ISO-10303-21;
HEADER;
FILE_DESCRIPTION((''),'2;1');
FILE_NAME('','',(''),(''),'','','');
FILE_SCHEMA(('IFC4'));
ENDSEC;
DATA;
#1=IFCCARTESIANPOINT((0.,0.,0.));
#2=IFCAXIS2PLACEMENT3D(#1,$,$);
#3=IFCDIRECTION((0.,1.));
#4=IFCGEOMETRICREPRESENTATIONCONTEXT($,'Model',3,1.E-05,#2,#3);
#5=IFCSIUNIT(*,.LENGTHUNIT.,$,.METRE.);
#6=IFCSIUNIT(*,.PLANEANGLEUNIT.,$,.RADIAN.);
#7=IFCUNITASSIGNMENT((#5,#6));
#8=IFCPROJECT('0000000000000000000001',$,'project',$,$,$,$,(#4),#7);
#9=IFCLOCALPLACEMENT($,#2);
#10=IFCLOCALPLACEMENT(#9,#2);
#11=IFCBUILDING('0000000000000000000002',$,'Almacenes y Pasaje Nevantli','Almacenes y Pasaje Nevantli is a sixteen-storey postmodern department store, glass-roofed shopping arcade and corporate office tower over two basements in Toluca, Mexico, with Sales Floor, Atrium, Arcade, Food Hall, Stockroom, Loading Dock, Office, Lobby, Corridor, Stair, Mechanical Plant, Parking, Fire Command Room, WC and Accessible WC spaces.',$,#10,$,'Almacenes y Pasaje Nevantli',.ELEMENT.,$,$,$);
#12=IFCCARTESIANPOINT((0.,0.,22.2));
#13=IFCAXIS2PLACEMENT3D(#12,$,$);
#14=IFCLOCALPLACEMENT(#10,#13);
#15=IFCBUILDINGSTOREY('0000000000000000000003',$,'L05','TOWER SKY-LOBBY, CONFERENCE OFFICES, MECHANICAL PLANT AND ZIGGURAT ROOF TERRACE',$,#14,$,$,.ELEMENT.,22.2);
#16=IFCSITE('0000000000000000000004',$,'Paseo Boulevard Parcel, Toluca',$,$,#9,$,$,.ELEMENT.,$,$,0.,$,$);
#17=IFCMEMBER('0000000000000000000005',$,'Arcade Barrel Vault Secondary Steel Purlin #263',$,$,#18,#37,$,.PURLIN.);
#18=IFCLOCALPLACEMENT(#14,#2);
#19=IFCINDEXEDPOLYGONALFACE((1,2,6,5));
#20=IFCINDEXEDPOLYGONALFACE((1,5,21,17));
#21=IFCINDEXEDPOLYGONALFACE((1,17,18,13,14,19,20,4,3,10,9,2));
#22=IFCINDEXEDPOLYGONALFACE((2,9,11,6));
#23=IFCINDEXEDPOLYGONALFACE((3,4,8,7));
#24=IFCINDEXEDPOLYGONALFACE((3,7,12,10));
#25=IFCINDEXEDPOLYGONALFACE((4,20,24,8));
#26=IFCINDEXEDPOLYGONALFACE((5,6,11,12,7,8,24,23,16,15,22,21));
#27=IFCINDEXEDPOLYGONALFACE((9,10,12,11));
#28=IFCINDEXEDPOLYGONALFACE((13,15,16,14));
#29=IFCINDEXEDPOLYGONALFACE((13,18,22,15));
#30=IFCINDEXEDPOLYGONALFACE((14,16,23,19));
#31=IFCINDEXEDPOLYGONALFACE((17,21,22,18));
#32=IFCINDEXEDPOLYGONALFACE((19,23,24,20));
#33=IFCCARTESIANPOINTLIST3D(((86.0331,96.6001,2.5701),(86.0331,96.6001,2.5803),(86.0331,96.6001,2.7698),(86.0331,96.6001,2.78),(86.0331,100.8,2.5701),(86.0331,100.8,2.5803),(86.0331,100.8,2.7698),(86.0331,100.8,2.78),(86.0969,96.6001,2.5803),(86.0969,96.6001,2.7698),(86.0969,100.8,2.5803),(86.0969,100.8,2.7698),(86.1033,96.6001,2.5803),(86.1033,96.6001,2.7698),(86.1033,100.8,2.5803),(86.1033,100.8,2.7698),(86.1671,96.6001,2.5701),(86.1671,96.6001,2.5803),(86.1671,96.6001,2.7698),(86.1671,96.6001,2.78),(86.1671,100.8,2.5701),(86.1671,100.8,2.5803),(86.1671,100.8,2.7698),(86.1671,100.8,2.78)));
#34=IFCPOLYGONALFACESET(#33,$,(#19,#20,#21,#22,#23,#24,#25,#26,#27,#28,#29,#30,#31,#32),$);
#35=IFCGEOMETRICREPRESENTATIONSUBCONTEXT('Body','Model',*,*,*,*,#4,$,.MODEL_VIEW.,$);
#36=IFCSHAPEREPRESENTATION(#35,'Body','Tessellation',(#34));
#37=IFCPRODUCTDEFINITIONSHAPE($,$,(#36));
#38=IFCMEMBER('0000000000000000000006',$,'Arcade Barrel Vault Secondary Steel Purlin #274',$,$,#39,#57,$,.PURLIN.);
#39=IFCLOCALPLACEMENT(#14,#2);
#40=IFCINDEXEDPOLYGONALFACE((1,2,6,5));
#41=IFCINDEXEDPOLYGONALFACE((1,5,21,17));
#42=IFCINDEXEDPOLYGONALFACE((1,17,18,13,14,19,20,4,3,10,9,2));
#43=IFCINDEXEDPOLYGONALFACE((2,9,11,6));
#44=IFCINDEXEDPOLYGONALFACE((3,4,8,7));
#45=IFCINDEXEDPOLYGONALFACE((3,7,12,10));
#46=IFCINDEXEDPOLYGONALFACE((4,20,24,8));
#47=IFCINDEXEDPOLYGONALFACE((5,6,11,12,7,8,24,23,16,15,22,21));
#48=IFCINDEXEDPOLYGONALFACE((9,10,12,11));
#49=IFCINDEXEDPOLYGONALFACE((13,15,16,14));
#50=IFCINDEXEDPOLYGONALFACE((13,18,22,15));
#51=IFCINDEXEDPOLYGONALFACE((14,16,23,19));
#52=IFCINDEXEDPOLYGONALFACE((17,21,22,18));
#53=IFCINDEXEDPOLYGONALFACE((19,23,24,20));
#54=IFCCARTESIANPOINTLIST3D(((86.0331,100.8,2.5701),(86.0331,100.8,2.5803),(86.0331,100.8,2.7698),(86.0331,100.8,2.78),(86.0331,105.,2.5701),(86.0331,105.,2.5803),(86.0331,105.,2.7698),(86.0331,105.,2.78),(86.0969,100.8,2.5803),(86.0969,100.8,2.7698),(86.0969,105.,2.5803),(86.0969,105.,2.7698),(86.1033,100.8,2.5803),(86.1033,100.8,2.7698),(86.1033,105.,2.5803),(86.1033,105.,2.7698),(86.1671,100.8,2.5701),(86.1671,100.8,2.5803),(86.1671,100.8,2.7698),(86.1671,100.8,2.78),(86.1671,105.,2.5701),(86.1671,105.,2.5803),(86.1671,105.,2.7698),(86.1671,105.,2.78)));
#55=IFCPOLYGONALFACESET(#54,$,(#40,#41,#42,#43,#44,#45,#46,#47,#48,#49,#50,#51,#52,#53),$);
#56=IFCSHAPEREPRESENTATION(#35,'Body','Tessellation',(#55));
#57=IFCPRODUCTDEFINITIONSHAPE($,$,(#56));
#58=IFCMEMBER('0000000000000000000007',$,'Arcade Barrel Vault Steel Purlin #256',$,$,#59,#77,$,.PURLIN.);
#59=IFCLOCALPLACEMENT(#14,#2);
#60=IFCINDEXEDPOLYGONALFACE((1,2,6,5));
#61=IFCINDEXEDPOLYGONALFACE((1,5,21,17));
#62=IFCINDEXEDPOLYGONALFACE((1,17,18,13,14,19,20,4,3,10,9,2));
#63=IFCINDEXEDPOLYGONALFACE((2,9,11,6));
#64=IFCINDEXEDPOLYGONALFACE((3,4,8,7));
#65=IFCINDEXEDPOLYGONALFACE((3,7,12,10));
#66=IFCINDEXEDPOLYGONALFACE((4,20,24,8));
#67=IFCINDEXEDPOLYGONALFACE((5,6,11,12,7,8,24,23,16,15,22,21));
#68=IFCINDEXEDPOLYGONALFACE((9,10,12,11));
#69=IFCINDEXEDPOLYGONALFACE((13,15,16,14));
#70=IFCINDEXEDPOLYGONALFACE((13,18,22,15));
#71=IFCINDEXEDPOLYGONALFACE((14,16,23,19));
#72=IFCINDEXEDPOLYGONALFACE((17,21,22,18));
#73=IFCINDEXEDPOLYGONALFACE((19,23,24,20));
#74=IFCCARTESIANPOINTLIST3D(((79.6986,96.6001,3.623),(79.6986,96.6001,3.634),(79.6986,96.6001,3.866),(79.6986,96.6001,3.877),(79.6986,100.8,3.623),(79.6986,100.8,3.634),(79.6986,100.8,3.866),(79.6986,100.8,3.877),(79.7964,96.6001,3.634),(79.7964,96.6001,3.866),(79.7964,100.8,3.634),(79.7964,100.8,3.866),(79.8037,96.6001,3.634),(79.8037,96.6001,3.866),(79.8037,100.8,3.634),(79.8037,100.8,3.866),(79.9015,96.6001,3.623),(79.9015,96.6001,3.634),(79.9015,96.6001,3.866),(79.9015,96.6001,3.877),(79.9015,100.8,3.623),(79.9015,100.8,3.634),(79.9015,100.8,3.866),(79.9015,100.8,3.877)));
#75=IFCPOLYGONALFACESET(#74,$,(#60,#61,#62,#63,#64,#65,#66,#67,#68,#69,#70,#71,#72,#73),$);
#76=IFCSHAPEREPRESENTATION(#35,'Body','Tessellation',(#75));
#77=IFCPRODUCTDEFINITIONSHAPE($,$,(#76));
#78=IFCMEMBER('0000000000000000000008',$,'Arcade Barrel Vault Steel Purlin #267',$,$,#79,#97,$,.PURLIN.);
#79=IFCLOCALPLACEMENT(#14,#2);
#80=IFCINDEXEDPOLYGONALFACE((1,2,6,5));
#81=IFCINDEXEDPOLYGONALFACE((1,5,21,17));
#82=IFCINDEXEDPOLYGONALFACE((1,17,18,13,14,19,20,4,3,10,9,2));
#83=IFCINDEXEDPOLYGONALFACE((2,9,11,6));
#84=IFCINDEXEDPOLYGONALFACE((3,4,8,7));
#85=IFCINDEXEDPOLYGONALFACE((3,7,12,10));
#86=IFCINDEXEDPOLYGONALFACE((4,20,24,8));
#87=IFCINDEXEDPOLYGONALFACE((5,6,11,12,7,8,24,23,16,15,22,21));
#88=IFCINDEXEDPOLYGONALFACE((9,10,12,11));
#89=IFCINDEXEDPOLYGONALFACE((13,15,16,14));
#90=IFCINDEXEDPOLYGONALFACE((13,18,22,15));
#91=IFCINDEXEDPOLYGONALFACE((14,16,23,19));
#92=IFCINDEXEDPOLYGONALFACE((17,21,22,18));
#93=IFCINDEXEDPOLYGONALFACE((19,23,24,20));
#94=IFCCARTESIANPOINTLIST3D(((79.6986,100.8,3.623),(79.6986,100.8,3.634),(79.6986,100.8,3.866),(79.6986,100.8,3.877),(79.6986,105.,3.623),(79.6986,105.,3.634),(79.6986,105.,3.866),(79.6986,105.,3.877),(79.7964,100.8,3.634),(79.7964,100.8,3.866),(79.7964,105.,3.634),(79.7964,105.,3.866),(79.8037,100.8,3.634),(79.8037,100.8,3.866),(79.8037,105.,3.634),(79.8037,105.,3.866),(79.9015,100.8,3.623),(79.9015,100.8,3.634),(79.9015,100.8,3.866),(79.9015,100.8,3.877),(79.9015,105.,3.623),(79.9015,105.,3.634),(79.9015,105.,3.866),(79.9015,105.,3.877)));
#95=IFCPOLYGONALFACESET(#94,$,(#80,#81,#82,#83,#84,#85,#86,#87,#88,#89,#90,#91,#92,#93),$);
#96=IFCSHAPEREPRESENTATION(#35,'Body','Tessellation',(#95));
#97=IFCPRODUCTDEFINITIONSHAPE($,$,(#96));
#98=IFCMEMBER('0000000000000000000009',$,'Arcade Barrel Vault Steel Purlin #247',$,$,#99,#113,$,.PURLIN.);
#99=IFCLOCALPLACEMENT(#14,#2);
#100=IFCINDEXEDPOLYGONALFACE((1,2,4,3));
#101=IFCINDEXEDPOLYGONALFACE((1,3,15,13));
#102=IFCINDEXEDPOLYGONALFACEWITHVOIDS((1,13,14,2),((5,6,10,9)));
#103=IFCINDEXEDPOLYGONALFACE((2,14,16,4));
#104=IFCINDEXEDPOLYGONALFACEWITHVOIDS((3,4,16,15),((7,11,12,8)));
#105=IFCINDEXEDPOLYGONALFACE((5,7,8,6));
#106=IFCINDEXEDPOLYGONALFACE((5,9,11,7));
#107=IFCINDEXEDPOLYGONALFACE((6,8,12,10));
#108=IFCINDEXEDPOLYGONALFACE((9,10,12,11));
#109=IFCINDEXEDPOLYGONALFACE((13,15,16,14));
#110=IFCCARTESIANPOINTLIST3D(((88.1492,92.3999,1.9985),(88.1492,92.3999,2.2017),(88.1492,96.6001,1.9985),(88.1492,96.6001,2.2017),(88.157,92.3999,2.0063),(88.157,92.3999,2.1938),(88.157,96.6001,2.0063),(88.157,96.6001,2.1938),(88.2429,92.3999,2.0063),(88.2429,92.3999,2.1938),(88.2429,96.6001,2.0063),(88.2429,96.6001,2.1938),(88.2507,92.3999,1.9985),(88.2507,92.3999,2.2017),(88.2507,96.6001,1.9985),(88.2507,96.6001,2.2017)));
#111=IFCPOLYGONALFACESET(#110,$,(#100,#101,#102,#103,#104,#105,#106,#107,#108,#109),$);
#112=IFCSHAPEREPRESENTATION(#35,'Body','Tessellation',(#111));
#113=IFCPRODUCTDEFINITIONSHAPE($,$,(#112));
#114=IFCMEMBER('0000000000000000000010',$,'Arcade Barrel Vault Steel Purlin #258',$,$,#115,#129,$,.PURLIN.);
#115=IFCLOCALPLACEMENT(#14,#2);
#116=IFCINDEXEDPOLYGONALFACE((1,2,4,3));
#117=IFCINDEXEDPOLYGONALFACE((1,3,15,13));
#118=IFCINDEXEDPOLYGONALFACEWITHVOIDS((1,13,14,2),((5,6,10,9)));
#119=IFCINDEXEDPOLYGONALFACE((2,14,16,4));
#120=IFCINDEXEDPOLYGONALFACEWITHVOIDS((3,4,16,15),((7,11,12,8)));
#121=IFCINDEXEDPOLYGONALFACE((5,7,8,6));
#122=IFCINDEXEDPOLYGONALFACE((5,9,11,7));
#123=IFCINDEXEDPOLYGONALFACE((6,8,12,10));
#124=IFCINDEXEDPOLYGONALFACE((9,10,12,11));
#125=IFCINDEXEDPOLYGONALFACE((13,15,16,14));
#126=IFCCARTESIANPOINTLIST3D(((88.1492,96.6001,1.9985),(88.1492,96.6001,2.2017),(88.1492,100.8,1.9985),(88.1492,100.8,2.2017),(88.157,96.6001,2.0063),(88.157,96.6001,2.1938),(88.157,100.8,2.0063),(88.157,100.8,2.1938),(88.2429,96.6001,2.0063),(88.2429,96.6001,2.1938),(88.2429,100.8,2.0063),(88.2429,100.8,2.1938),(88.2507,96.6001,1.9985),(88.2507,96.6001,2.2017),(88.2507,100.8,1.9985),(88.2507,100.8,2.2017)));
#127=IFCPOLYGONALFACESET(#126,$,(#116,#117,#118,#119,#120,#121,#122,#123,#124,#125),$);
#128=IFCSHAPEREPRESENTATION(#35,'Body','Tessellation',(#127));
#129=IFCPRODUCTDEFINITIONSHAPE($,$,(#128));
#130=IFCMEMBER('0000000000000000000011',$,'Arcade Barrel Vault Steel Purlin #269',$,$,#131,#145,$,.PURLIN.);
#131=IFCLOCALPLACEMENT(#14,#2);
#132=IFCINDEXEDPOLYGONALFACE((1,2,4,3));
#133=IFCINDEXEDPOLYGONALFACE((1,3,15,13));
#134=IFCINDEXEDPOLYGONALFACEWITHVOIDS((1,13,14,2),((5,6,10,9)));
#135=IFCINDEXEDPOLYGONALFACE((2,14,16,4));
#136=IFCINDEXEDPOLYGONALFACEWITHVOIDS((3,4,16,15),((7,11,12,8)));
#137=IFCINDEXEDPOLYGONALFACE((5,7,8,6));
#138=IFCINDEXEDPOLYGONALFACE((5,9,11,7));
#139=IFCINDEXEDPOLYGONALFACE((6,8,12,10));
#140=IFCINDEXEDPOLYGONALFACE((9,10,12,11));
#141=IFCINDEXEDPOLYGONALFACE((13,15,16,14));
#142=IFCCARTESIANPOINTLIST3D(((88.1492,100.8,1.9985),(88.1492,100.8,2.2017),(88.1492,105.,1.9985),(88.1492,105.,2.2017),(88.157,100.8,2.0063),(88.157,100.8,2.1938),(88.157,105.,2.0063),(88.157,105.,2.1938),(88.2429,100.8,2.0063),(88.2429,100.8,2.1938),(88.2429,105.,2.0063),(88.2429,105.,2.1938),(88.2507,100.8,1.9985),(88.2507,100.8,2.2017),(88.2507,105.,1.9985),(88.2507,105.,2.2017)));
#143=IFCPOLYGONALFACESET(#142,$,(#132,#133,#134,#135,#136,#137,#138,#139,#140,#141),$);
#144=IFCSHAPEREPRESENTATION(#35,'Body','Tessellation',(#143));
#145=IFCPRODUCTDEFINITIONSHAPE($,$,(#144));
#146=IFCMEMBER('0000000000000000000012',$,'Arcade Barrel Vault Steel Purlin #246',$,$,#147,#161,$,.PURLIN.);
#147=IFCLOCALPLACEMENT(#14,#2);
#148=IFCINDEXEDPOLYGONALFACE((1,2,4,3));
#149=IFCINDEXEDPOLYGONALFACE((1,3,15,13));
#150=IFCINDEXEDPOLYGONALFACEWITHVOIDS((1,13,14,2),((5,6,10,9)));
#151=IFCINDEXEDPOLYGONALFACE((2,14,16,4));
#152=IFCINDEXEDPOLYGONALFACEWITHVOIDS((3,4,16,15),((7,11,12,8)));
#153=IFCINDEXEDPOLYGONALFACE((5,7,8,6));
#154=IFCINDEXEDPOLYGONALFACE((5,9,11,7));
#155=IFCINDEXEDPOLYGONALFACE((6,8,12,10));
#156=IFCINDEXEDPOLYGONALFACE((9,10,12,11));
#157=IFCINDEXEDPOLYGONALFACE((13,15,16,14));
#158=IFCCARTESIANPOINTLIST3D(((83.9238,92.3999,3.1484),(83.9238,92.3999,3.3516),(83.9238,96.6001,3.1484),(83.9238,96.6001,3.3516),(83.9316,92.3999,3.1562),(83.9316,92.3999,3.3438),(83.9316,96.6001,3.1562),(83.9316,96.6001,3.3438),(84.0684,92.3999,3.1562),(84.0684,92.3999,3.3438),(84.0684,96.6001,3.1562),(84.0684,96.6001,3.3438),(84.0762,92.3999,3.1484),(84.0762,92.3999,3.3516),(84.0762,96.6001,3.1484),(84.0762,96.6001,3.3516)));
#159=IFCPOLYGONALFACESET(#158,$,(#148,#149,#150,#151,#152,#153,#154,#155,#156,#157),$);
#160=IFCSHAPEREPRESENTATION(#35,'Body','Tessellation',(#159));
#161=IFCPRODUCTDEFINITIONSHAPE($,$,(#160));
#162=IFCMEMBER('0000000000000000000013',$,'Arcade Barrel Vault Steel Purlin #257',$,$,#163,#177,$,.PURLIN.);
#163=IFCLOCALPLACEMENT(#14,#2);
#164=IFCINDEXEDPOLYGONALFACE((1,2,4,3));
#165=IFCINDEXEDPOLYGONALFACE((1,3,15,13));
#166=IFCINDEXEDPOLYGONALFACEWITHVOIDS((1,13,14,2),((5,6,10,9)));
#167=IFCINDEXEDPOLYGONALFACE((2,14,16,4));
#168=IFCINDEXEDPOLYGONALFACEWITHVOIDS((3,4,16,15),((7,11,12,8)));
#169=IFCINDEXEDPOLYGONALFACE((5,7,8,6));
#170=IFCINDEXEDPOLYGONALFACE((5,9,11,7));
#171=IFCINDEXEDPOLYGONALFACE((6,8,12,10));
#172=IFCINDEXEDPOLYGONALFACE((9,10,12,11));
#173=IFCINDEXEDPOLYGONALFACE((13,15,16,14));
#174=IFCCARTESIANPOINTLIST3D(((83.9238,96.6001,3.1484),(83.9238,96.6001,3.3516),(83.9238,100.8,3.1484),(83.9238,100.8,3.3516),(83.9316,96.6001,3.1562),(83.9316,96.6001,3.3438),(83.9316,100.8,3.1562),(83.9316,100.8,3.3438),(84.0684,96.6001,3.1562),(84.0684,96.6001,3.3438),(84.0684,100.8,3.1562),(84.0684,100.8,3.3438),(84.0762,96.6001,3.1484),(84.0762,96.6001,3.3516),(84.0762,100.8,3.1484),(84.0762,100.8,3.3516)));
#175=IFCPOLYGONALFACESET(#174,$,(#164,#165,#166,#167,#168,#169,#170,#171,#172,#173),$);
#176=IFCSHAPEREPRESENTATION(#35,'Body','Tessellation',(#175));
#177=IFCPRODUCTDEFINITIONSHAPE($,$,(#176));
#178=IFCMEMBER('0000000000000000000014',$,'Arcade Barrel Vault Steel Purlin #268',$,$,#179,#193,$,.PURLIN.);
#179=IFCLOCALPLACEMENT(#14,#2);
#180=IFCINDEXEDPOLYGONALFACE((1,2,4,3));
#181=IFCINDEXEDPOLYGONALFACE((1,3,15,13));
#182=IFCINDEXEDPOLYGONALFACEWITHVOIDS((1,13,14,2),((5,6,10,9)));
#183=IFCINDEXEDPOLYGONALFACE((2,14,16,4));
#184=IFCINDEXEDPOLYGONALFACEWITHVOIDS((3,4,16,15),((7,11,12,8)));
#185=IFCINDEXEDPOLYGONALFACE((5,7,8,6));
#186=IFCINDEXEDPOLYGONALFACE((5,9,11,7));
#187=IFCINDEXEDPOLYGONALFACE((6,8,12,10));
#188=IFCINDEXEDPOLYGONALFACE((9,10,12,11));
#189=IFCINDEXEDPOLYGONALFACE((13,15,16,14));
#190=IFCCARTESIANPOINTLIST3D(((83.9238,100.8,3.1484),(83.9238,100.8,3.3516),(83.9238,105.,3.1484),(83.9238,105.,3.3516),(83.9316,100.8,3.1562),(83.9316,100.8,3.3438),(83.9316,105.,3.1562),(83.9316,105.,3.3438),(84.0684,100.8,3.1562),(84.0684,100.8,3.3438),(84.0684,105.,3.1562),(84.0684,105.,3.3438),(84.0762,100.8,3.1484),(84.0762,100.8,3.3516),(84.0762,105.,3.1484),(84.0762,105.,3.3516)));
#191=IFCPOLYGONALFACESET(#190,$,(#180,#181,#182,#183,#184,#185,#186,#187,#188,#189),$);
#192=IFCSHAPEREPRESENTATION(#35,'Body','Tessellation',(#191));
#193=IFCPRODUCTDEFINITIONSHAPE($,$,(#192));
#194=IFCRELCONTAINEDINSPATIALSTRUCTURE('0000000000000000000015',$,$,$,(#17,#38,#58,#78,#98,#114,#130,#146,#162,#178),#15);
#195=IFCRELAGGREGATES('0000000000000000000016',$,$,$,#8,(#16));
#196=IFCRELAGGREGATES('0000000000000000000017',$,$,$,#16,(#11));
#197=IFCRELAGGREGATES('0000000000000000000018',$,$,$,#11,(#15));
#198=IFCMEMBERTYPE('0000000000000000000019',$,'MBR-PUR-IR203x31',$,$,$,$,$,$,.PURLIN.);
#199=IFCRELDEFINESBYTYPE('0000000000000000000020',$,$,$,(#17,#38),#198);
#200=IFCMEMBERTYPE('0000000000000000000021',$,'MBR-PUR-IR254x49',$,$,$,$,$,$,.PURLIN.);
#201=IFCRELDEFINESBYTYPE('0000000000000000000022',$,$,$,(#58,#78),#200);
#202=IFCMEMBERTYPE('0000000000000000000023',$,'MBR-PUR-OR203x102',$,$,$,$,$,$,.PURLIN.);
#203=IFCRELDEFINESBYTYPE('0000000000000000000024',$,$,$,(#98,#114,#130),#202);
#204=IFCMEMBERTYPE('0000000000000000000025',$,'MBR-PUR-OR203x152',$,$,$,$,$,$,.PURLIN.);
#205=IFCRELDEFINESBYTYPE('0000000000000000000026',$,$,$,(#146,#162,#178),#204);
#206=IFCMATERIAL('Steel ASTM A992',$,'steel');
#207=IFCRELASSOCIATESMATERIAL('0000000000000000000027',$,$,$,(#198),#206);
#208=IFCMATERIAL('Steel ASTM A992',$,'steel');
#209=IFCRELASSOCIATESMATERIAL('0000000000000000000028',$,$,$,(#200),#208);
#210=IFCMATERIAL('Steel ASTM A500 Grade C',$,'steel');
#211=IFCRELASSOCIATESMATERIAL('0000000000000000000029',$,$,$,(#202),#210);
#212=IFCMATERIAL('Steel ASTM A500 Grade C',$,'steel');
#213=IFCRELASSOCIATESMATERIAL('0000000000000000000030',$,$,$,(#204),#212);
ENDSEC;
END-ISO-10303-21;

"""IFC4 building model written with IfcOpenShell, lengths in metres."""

from ifc_helpers import new_model, si_unit, direction, frame, origin, origin_2d, place, context, subcontext, project, spatial, hollow_rectangle, i_section, extrude, material, material_profile, profile_set, type_object, element, save


model = new_model("IFC4")

# Units and contexts
model_context = context("Model", 3, precision=1e-05, world=origin(), true_north=direction((0.0, 1.0)))
body_context = subcontext(model_context, "Body", "Model", "MODEL_VIEW")
ifc_project = project(units=[si_unit("LENGTHUNIT", "METRE"), si_unit("PLANEANGLEUNIT", "RADIAN")], contexts=[model_context])

# Site, building, storey
site_placement = place(None, origin())
site = spatial("IfcSite", under=ifc_project, at=site_placement, Name="Paseo Boulevard Parcel, Toluca", CompositionType="ELEMENT", RefElevation=0.0)
building_placement = place(site_placement, origin())
building = spatial("IfcBuilding", under=site, at=building_placement, Name="Almacenes y Pasaje Nevantli", Description="Almacenes y Pasaje Nevantli is a sixteen-storey postmodern department store, glass-roofed shopping arcade and corporate office tower over two basements in Toluca, Mexico, with Sales Floor, Atrium, Arcade, Food Hall, Stockroom, Loading Dock, Office, Lobby, Corridor, Stair, Mechanical Plant, Parking, Fire Command Room, WC and Accessible WC spaces.", LongName="Almacenes y Pasaje Nevantli", CompositionType="ELEMENT")
storey_placement = place(building_placement, frame((0.0, 0.0, 22.2)))
storey = spatial("IfcBuildingStorey", under=building, at=storey_placement, Name="L05", Description="TOWER SKY-LOBBY, CONFERENCE OFFICES, MECHANICAL PLANT AND ZIGGURAT ROOF TERRACE", CompositionType="ELEMENT", Elevation=22.2)

# Members
ifc_material_1 = material(Name="Steel ASTM A992", Category="steel")
ifc_material_profile_1 = material_profile(ifc_material_1, i_section(OverallWidth=0.134, OverallDepth=0.21, WebThickness=0.0063, FlangeThickness=0.0103, at=origin_2d()), Name="IR 203x31.3")
ifc_profile_set_1 = profile_set([ifc_material_profile_1], Name="Steel ASTM A992")
member_type_1 = type_object("IfcMemberType", Name="MBR-PUR-IR203x31", PredefinedType="PURLIN", material=ifc_profile_set_1)
for number, where, z_axis, x_axis, name in (
    (1, (86.1001, 96.6001, 2.675), (0.0, 1.0, 0.0), (-1.0, 0.0, 0.0), "Arcade Barrel Vault Secondary Steel Purlin #263"),
    (2, (86.1001, 100.8, 2.675), (0.0, 1.0, 0.0), (-1.0, 0.0, 0.0), "Arcade Barrel Vault Secondary Steel Purlin #274"),
):
    element("IfcMember", number, at=place(storey_placement, frame(where, z_axis=z_axis, x_axis=x_axis)), inside=storey, type_object=member_type_1, Name=name, PredefinedType="PURLIN", context=body_context, shape_type="SweptSolid", body=[
        extrude(i_section(OverallWidth=0.134, OverallDepth=0.21, WebThickness=0.0063, FlangeThickness=0.0103, at=origin_2d()), origin(), (0.0, 0.0, 1.0), 4.2),
    ])
ifc_material_2 = material(Name="Steel ASTM A992", Category="steel")
ifc_material_profile_2 = material_profile(ifc_material_2, i_section(OverallWidth=0.2029, OverallDepth=0.2539, WebThickness=0.0073, FlangeThickness=0.011, at=origin_2d()), Name="IR 254x49.1")
ifc_profile_set_2 = profile_set([ifc_material_profile_2], Name="Steel ASTM A992")
member_type_2 = type_object("IfcMemberType", Name="MBR-PUR-IR254x49", PredefinedType="PURLIN", material=ifc_profile_set_2)
for number, where, z_axis, x_axis, name in (
    (3, (79.8, 96.6001, 3.75), (0.0, 1.0, 0.0), (-1.0, 0.0, 0.0), "Arcade Barrel Vault Steel Purlin #256"),
    (4, (79.8, 100.8, 3.75), (0.0, 1.0, 0.0), (-1.0, 0.0, 0.0), "Arcade Barrel Vault Steel Purlin #267"),
):
    element("IfcMember", number, at=place(storey_placement, frame(where, z_axis=z_axis, x_axis=x_axis)), inside=storey, type_object=member_type_2, Name=name, PredefinedType="PURLIN", context=body_context, shape_type="SweptSolid", body=[
        extrude(i_section(OverallWidth=0.2029, OverallDepth=0.2539, WebThickness=0.0073, FlangeThickness=0.011, at=origin_2d()), origin(), (0.0, 0.0, 1.0), 4.2),
    ])
ifc_material_3 = material(Name="Steel ASTM A500 Grade C", Category="steel")
ifc_material_profile_3 = material_profile(ifc_material_3, hollow_rectangle(XDim=0.1016, YDim=0.2031, WallThickness=0.0078, at=origin_2d()), Name="OR 203x102x7.9")
ifc_profile_set_3 = profile_set([ifc_material_profile_3], Name="Steel ASTM A500 Grade C")
member_type_3 = type_object("IfcMemberType", Name="MBR-PUR-OR203x102", PredefinedType="PURLIN", material=ifc_profile_set_3)
member_1_placement = place(storey_placement, frame((88.2, 92.3999, 2.1001), z_axis=(0.0, 1.0, 0.0), x_axis=(-1.0, 0.0, 0.0)))
element("IfcMember", 5, at=member_1_placement, inside=storey, type_object=member_type_3, Name="Arcade Barrel Vault Steel Purlin #247", PredefinedType="PURLIN", context=body_context, shape_type="SweptSolid", body=[
    extrude(hollow_rectangle(XDim=0.1016, YDim=0.2031, WallThickness=0.0078, at=origin_2d()), origin(), (0.0, 0.0, 1.0), 4.2002),
])
for number, where, z_axis, x_axis, name in (
    (6, (88.2, 96.6001, 2.1001), (0.0, 1.0, 0.0), (-1.0, 0.0, 0.0), "Arcade Barrel Vault Steel Purlin #258"),
    (7, (88.2, 100.8, 2.1001), (0.0, 1.0, 0.0), (-1.0, 0.0, 0.0), "Arcade Barrel Vault Steel Purlin #269"),
):
    element("IfcMember", number, at=place(storey_placement, frame(where, z_axis=z_axis, x_axis=x_axis)), inside=storey, type_object=member_type_3, Name=name, PredefinedType="PURLIN", context=body_context, shape_type="SweptSolid", body=[
        extrude(hollow_rectangle(XDim=0.1016, YDim=0.2031, WallThickness=0.0078, at=origin_2d()), origin(), (0.0, 0.0, 1.0), 4.2),
    ])
ifc_material_4 = material(Name="Steel ASTM A500 Grade C", Category="steel")
ifc_material_profile_4 = material_profile(ifc_material_4, hollow_rectangle(XDim=0.1523, YDim=0.2031, WallThickness=0.0078, at=origin_2d()), Name="OR 203x152x7.9")
ifc_profile_set_4 = profile_set([ifc_material_profile_4], Name="Steel ASTM A500 Grade C")
member_type_4 = type_object("IfcMemberType", Name="MBR-PUR-OR203x152", PredefinedType="PURLIN", material=ifc_profile_set_4)
member_2_placement = place(storey_placement, frame((84.0, 92.3999, 3.25), z_axis=(0.0, 1.0, 0.0), x_axis=(-1.0, 0.0, 0.0)))
element("IfcMember", 8, at=member_2_placement, inside=storey, type_object=member_type_4, Name="Arcade Barrel Vault Steel Purlin #246", PredefinedType="PURLIN", context=body_context, shape_type="SweptSolid", body=[
    extrude(hollow_rectangle(XDim=0.1523, YDim=0.2031, WallThickness=0.0078, at=origin_2d()), origin(), (0.0, 0.0, 1.0), 4.2002),
])
for number, where, z_axis, x_axis, name in (
    (9, (84.0, 96.6001, 3.25), (0.0, 1.0, 0.0), (-1.0, 0.0, 0.0), "Arcade Barrel Vault Steel Purlin #257"),
    (10, (84.0, 100.8, 3.25), (0.0, 1.0, 0.0), (-1.0, 0.0, 0.0), "Arcade Barrel Vault Steel Purlin #268"),
):
    element("IfcMember", number, at=place(storey_placement, frame(where, z_axis=z_axis, x_axis=x_axis)), inside=storey, type_object=member_type_4, Name=name, PredefinedType="PURLIN", context=body_context, shape_type="SweptSolid", body=[
        extrude(hollow_rectangle(XDim=0.1523, YDim=0.2031, WallThickness=0.0078, at=origin_2d()), origin(), (0.0, 0.0, 1.0), 4.2),
    ])

save(model, "model.ifc")
